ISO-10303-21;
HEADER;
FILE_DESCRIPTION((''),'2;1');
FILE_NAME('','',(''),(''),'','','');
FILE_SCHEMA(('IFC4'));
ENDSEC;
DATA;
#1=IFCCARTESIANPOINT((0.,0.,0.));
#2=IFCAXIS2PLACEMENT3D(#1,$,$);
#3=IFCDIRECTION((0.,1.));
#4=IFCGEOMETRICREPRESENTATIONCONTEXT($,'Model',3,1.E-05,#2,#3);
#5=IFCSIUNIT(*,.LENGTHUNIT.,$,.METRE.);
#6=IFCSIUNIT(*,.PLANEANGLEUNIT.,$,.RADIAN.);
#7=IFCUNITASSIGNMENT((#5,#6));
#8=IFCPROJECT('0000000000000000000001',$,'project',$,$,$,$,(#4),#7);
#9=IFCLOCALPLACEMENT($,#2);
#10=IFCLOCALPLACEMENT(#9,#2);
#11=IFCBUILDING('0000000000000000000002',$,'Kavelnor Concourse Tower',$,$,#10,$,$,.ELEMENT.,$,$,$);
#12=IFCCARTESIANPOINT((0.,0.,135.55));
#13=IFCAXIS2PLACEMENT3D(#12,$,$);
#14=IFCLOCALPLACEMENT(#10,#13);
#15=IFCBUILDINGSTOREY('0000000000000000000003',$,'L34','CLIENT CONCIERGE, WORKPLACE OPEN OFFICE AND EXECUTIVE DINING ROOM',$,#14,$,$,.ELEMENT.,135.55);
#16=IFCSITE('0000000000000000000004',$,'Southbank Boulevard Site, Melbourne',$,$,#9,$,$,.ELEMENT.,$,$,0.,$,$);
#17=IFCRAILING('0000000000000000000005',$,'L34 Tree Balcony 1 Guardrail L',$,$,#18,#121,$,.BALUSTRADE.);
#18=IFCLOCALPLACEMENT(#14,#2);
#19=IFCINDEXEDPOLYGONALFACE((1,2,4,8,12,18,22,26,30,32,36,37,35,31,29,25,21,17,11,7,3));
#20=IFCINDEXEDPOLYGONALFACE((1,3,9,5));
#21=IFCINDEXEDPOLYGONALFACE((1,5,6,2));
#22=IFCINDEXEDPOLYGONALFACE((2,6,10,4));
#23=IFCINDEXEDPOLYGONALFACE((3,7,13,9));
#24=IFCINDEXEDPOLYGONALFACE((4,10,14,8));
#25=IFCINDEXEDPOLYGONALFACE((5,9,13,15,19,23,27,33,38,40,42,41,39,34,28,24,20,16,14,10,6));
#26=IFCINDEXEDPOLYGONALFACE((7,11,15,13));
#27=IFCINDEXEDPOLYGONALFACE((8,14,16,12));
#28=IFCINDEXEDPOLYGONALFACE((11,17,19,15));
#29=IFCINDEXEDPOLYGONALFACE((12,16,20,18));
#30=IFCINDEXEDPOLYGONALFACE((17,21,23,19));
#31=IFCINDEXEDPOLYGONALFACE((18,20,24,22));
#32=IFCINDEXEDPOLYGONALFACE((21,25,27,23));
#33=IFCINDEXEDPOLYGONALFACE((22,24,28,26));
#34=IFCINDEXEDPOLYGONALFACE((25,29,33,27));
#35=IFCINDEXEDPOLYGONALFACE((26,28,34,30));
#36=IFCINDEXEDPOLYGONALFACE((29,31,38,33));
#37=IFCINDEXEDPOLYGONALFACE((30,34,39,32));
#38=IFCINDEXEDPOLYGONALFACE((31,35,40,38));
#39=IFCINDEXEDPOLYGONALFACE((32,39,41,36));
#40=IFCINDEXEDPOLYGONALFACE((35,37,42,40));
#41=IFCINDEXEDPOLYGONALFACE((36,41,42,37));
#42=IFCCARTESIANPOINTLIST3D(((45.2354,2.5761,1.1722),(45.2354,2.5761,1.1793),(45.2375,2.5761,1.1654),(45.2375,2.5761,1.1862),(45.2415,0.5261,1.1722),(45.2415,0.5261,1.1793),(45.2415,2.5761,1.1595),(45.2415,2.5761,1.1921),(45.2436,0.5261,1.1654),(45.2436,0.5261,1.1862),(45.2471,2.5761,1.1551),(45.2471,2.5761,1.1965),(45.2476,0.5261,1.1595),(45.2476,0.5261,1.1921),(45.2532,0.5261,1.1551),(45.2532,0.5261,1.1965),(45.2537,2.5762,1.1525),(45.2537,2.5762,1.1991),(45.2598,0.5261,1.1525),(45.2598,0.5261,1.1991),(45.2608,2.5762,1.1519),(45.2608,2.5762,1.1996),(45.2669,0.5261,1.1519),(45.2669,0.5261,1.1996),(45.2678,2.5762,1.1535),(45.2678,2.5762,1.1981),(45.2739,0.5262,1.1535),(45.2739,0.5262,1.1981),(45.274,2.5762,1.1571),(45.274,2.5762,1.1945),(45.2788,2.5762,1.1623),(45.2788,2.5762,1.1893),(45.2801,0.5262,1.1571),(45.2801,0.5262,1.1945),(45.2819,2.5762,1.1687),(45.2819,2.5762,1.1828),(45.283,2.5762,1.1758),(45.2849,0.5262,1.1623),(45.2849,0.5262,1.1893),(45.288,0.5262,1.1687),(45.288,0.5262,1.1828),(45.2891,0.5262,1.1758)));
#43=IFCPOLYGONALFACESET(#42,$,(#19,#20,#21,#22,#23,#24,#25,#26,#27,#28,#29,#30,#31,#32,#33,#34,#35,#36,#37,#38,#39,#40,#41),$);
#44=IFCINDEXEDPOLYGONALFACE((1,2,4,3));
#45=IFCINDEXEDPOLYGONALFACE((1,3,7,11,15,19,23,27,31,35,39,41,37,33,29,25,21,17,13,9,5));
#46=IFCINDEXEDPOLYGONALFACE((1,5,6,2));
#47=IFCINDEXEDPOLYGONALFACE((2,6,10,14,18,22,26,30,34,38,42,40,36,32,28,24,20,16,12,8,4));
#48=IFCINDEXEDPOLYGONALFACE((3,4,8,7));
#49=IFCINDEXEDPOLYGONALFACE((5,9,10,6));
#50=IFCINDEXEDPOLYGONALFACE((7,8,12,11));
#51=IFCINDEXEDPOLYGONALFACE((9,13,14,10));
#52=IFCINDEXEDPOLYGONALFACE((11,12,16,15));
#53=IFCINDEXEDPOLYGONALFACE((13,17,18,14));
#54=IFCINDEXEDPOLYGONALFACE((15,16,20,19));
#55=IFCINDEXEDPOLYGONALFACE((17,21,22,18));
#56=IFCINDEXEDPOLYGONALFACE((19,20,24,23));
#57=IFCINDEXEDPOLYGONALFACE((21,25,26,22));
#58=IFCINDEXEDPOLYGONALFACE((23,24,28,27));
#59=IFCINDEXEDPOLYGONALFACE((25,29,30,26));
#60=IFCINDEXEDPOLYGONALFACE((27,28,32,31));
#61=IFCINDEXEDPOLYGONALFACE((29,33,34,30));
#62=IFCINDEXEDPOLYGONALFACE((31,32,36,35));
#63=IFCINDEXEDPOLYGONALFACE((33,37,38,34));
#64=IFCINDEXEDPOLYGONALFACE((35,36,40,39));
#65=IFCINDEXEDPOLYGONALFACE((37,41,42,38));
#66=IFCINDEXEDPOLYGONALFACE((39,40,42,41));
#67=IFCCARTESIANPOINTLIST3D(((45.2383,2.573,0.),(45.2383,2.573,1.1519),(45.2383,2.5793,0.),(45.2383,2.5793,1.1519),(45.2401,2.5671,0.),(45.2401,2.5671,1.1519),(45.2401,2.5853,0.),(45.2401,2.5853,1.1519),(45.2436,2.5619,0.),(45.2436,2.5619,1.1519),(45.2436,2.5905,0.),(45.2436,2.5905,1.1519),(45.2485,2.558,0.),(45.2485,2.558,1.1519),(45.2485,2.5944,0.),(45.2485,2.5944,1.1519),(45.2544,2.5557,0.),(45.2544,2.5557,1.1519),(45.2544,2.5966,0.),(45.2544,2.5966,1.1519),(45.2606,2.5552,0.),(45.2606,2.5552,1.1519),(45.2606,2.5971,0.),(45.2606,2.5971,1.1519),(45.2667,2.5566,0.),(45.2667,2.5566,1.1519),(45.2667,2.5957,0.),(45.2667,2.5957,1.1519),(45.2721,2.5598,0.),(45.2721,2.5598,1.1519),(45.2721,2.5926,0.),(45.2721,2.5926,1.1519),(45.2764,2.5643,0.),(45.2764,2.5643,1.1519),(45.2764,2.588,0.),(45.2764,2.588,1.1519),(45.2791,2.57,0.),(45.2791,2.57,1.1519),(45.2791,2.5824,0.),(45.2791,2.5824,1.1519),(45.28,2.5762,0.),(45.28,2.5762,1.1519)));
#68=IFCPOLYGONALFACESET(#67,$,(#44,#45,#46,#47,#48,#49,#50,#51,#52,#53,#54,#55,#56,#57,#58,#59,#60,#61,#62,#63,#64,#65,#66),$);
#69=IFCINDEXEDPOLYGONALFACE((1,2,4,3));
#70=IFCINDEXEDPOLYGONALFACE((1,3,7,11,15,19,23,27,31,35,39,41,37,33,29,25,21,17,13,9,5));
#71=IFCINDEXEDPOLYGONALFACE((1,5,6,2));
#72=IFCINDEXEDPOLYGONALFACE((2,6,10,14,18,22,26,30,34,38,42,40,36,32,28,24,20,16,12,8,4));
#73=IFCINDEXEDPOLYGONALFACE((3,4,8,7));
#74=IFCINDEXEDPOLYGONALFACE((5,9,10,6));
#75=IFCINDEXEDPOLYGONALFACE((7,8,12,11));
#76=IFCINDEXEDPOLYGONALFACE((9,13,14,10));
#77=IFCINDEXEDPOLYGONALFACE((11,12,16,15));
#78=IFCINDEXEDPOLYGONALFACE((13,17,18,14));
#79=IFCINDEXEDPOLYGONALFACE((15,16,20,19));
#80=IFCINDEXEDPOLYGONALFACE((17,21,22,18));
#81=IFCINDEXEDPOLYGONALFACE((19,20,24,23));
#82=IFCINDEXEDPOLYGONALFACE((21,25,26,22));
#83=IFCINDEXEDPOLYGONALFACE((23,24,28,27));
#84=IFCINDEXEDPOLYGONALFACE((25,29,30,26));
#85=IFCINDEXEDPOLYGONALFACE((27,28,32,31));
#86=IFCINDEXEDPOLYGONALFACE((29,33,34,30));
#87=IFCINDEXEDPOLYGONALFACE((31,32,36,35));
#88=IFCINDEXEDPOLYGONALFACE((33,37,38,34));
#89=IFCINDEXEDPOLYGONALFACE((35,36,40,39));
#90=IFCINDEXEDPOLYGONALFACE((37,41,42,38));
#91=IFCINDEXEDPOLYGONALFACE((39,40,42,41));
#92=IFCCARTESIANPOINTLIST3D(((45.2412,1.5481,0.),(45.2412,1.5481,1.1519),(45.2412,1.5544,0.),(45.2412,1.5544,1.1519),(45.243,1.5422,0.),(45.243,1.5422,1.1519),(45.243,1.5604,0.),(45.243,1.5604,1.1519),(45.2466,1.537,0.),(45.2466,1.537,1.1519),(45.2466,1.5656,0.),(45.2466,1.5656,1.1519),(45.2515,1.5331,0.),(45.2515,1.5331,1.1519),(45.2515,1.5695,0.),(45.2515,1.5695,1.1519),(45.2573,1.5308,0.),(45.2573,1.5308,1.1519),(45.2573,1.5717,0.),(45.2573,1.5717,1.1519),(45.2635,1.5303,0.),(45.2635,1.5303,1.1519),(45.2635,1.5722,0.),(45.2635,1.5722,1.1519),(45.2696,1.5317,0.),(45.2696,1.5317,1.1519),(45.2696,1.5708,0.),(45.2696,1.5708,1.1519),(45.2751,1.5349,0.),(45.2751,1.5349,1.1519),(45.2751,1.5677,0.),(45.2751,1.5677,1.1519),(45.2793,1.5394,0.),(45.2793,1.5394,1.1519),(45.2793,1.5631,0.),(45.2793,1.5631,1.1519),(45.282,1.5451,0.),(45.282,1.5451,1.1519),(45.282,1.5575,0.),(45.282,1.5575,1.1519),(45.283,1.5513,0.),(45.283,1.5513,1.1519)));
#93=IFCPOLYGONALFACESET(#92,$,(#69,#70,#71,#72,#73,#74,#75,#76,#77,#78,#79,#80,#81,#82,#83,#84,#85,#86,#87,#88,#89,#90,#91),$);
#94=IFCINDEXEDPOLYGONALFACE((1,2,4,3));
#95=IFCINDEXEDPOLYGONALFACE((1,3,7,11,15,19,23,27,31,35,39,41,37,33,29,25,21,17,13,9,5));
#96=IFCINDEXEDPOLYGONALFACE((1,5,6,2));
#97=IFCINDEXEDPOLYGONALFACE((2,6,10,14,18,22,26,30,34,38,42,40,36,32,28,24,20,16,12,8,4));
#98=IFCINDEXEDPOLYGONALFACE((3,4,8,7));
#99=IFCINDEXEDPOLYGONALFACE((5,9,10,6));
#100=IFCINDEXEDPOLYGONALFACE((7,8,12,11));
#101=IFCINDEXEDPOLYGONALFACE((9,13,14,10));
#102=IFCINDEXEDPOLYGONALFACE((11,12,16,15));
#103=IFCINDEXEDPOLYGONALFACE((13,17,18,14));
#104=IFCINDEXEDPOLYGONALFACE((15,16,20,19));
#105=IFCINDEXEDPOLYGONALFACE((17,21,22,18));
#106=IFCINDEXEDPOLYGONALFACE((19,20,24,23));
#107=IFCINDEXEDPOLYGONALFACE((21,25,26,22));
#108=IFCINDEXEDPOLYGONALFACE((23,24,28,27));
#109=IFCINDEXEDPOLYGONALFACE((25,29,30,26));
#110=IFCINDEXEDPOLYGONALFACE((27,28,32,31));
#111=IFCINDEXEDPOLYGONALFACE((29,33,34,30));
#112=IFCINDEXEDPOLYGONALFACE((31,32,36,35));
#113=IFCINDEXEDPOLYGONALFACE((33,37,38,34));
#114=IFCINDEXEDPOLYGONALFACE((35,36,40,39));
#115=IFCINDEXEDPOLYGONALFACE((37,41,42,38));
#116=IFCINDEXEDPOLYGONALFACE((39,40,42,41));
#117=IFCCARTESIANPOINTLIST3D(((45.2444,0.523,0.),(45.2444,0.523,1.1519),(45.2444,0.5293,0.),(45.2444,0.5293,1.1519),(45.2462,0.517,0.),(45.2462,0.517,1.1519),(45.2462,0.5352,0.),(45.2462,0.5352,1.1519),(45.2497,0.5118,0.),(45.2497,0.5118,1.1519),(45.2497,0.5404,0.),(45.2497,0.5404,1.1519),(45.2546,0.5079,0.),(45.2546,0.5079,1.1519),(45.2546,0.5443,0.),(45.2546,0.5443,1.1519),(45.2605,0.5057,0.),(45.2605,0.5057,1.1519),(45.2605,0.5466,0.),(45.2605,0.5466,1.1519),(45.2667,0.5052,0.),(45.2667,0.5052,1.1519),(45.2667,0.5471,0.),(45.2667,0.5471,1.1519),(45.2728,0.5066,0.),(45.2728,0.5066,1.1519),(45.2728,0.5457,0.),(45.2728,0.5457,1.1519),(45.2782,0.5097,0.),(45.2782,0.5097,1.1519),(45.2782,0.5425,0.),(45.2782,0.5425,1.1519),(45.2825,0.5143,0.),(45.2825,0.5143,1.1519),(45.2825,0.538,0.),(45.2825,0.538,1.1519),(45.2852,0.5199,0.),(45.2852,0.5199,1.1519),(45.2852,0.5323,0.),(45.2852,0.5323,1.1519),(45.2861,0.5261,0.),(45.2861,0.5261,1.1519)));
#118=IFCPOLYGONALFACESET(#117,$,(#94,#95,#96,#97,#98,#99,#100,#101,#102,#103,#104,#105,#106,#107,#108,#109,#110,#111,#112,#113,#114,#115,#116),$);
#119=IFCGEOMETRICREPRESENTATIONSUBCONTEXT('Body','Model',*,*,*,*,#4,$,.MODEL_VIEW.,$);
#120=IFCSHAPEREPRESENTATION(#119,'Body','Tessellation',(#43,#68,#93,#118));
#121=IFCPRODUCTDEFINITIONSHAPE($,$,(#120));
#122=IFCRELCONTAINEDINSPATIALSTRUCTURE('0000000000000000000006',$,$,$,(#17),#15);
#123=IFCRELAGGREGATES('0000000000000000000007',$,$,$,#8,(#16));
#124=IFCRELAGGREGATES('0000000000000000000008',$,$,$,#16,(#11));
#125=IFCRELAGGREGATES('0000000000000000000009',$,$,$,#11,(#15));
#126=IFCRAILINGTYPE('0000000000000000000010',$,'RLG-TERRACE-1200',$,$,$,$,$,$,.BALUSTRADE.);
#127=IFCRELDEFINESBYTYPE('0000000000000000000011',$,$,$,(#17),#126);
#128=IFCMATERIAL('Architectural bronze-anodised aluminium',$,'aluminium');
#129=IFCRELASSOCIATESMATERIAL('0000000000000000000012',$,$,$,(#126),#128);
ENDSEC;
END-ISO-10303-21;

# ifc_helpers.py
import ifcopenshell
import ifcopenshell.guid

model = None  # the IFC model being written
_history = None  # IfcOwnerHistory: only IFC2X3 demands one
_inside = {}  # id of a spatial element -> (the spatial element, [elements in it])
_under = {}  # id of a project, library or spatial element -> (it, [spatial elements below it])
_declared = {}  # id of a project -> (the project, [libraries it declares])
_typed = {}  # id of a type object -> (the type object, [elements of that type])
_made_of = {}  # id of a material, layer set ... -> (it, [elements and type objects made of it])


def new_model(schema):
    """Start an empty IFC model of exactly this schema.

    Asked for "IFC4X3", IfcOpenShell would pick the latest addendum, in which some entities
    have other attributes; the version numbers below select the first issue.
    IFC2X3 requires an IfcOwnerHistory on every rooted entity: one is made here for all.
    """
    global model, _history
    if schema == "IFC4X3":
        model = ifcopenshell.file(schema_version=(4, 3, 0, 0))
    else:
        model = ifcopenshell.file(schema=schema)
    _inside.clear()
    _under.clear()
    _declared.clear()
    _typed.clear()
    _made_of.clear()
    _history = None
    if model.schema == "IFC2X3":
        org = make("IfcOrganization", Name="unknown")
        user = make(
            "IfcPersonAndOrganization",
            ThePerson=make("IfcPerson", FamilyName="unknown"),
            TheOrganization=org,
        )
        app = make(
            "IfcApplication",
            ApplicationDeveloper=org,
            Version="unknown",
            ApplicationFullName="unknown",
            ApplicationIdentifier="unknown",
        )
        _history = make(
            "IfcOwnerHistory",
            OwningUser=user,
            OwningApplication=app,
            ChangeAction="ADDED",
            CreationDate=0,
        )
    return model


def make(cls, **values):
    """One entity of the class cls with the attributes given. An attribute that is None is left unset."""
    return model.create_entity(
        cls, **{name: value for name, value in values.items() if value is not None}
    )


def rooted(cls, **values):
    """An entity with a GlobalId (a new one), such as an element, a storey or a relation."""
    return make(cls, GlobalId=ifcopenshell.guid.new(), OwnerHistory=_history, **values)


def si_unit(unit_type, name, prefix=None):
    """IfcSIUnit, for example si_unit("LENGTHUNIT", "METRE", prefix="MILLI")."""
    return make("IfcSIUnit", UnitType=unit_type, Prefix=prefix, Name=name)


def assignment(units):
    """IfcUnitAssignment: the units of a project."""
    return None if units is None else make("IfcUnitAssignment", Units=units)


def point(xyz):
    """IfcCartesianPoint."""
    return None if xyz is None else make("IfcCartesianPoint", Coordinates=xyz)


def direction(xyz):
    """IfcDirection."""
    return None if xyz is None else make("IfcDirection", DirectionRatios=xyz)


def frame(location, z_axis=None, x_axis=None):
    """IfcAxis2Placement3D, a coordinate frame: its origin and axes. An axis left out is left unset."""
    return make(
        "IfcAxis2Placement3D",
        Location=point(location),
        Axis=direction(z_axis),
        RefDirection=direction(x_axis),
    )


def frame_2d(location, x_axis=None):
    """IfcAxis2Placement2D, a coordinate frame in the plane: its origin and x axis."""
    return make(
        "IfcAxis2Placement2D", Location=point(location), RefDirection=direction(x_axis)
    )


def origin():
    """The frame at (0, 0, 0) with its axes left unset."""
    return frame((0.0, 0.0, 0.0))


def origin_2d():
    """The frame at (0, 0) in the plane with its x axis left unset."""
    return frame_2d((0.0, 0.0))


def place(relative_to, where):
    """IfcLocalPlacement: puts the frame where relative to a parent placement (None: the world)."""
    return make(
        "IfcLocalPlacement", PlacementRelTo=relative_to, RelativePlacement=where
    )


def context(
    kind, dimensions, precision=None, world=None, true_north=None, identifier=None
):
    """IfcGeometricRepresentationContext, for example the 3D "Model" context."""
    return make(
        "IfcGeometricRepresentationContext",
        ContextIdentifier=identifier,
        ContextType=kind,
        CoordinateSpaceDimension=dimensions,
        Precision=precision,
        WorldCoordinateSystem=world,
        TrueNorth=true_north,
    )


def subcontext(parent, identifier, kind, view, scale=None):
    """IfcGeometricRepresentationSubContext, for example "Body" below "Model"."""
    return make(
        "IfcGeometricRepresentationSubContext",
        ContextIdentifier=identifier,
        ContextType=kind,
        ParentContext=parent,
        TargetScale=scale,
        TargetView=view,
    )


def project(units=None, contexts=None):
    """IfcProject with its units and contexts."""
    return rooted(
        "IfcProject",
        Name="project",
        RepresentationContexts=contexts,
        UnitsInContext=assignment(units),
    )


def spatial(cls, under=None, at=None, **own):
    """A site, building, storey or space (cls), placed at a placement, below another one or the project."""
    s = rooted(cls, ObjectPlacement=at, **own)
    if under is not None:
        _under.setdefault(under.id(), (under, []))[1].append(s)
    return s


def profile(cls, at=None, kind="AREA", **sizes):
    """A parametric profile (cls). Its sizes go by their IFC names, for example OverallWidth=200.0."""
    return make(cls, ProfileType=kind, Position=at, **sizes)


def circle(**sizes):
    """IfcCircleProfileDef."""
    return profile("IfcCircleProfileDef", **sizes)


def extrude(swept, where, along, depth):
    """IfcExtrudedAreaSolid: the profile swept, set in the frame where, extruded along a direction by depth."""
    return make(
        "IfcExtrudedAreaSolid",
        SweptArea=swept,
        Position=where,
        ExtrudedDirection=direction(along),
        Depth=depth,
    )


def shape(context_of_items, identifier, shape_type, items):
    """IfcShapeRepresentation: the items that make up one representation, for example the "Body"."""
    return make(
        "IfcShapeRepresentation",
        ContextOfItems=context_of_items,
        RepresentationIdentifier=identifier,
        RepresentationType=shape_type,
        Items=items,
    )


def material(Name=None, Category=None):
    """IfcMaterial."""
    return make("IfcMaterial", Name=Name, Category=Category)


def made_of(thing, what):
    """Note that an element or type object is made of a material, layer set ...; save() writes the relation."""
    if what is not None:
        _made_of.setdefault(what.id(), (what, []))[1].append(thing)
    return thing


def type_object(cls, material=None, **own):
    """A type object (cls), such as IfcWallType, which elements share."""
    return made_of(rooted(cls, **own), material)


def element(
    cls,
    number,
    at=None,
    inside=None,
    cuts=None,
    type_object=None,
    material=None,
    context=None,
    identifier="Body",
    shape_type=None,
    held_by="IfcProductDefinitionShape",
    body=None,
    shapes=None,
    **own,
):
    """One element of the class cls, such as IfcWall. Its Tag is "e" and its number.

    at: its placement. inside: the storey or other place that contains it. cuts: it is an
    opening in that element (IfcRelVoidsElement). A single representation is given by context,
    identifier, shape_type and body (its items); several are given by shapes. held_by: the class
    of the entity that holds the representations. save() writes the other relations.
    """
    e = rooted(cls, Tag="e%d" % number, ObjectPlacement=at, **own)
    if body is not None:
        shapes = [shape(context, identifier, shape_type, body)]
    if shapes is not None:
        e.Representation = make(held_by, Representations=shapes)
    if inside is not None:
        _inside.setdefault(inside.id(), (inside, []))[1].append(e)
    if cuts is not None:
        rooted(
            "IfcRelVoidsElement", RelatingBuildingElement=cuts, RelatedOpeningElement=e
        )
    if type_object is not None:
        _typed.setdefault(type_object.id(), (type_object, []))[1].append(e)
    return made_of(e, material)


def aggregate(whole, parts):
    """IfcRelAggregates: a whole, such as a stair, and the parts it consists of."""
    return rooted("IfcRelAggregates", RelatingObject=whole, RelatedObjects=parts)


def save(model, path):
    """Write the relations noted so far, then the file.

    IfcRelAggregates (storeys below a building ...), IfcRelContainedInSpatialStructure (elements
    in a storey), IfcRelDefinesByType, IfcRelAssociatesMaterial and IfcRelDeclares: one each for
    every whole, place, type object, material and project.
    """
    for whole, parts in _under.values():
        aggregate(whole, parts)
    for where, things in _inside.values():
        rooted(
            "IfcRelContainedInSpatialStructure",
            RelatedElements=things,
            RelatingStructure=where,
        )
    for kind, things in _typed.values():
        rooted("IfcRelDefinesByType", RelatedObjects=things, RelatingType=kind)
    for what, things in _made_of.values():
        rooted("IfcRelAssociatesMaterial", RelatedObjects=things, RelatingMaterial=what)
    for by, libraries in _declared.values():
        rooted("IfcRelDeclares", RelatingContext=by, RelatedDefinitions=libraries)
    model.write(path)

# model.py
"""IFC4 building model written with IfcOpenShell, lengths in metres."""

from ifc_helpers import new_model, si_unit, direction, frame, origin, origin_2d, place, context, subcontext, project, spatial, circle, extrude, material, type_object, element, save


model = new_model("IFC4")

# Units and contexts
model_context = context("Model", 3, precision=1e-05, world=origin(), true_north=direction((0.0, 1.0)))
body_context = subcontext(model_context, "Body", "Model", "MODEL_VIEW")
ifc_project = project(units=[si_unit("LENGTHUNIT", "METRE"), si_unit("PLANEANGLEUNIT", "RADIAN")], contexts=[model_context])

# Site, building, storey
site_placement = place(None, origin())
site = spatial("IfcSite", under=ifc_project, at=site_placement, Name="Southbank Boulevard Site, Melbourne", CompositionType="ELEMENT", RefElevation=0.0)
building_placement = place(site_placement, origin())
building = spatial("IfcBuilding", under=site, at=building_placement, Name="Kavelnor Concourse Tower", CompositionType="ELEMENT")
storey_placement = place(building_placement, frame((0.0, 0.0, 135.55)))
storey = spatial("IfcBuildingStorey", under=building, at=storey_placement, Name="L34", Description="CLIENT CONCIERGE, WORKPLACE OPEN OFFICE AND EXECUTIVE DINING ROOM", CompositionType="ELEMENT", Elevation=135.55)

# Railing
ifc_material_1 = material(Name="Architectural bronze-anodised aluminium", Category="aluminium")
railing_type_1 = type_object("IfcRailingType", Name="RLG-TERRACE-1200", PredefinedType="BALUSTRADE", material=ifc_material_1)
railing_1_placement = place(storey_placement, frame((45.259, 2.5762, 0.0)))
element("IfcRailing", 1, at=railing_1_placement, inside=storey, type_object=railing_type_1, Name="L34 Tree Balcony 1 Guardrail L", PredefinedType="BALUSTRADE", context=body_context, shape_type="SweptSolid", body=[
    extrude(circle(Radius=0.0239, at=origin_2d()), frame((0.0, 0.0, 1.1758), z_axis=(0.002977, -0.999996, 0.0), x_axis=(0.999996, 0.002977, 0.0)), (0.0, 0.0, 1.0), 2.05),
    extrude(circle(Radius=0.021, at=origin_2d()), origin(), (0.0, 0.0, 1.0), 1.1519),
    extrude(circle(Radius=0.021, at=origin_2d()), frame((0.0029, -1.0249, 0.0)), (0.0, 0.0, 1.0), 1.1519),
    extrude(circle(Radius=0.021, at=origin_2d()), frame((0.0061, -2.05, 0.0)), (0.0, 0.0, 1.0), 1.1519),
])

save(model, "model.ifc")
